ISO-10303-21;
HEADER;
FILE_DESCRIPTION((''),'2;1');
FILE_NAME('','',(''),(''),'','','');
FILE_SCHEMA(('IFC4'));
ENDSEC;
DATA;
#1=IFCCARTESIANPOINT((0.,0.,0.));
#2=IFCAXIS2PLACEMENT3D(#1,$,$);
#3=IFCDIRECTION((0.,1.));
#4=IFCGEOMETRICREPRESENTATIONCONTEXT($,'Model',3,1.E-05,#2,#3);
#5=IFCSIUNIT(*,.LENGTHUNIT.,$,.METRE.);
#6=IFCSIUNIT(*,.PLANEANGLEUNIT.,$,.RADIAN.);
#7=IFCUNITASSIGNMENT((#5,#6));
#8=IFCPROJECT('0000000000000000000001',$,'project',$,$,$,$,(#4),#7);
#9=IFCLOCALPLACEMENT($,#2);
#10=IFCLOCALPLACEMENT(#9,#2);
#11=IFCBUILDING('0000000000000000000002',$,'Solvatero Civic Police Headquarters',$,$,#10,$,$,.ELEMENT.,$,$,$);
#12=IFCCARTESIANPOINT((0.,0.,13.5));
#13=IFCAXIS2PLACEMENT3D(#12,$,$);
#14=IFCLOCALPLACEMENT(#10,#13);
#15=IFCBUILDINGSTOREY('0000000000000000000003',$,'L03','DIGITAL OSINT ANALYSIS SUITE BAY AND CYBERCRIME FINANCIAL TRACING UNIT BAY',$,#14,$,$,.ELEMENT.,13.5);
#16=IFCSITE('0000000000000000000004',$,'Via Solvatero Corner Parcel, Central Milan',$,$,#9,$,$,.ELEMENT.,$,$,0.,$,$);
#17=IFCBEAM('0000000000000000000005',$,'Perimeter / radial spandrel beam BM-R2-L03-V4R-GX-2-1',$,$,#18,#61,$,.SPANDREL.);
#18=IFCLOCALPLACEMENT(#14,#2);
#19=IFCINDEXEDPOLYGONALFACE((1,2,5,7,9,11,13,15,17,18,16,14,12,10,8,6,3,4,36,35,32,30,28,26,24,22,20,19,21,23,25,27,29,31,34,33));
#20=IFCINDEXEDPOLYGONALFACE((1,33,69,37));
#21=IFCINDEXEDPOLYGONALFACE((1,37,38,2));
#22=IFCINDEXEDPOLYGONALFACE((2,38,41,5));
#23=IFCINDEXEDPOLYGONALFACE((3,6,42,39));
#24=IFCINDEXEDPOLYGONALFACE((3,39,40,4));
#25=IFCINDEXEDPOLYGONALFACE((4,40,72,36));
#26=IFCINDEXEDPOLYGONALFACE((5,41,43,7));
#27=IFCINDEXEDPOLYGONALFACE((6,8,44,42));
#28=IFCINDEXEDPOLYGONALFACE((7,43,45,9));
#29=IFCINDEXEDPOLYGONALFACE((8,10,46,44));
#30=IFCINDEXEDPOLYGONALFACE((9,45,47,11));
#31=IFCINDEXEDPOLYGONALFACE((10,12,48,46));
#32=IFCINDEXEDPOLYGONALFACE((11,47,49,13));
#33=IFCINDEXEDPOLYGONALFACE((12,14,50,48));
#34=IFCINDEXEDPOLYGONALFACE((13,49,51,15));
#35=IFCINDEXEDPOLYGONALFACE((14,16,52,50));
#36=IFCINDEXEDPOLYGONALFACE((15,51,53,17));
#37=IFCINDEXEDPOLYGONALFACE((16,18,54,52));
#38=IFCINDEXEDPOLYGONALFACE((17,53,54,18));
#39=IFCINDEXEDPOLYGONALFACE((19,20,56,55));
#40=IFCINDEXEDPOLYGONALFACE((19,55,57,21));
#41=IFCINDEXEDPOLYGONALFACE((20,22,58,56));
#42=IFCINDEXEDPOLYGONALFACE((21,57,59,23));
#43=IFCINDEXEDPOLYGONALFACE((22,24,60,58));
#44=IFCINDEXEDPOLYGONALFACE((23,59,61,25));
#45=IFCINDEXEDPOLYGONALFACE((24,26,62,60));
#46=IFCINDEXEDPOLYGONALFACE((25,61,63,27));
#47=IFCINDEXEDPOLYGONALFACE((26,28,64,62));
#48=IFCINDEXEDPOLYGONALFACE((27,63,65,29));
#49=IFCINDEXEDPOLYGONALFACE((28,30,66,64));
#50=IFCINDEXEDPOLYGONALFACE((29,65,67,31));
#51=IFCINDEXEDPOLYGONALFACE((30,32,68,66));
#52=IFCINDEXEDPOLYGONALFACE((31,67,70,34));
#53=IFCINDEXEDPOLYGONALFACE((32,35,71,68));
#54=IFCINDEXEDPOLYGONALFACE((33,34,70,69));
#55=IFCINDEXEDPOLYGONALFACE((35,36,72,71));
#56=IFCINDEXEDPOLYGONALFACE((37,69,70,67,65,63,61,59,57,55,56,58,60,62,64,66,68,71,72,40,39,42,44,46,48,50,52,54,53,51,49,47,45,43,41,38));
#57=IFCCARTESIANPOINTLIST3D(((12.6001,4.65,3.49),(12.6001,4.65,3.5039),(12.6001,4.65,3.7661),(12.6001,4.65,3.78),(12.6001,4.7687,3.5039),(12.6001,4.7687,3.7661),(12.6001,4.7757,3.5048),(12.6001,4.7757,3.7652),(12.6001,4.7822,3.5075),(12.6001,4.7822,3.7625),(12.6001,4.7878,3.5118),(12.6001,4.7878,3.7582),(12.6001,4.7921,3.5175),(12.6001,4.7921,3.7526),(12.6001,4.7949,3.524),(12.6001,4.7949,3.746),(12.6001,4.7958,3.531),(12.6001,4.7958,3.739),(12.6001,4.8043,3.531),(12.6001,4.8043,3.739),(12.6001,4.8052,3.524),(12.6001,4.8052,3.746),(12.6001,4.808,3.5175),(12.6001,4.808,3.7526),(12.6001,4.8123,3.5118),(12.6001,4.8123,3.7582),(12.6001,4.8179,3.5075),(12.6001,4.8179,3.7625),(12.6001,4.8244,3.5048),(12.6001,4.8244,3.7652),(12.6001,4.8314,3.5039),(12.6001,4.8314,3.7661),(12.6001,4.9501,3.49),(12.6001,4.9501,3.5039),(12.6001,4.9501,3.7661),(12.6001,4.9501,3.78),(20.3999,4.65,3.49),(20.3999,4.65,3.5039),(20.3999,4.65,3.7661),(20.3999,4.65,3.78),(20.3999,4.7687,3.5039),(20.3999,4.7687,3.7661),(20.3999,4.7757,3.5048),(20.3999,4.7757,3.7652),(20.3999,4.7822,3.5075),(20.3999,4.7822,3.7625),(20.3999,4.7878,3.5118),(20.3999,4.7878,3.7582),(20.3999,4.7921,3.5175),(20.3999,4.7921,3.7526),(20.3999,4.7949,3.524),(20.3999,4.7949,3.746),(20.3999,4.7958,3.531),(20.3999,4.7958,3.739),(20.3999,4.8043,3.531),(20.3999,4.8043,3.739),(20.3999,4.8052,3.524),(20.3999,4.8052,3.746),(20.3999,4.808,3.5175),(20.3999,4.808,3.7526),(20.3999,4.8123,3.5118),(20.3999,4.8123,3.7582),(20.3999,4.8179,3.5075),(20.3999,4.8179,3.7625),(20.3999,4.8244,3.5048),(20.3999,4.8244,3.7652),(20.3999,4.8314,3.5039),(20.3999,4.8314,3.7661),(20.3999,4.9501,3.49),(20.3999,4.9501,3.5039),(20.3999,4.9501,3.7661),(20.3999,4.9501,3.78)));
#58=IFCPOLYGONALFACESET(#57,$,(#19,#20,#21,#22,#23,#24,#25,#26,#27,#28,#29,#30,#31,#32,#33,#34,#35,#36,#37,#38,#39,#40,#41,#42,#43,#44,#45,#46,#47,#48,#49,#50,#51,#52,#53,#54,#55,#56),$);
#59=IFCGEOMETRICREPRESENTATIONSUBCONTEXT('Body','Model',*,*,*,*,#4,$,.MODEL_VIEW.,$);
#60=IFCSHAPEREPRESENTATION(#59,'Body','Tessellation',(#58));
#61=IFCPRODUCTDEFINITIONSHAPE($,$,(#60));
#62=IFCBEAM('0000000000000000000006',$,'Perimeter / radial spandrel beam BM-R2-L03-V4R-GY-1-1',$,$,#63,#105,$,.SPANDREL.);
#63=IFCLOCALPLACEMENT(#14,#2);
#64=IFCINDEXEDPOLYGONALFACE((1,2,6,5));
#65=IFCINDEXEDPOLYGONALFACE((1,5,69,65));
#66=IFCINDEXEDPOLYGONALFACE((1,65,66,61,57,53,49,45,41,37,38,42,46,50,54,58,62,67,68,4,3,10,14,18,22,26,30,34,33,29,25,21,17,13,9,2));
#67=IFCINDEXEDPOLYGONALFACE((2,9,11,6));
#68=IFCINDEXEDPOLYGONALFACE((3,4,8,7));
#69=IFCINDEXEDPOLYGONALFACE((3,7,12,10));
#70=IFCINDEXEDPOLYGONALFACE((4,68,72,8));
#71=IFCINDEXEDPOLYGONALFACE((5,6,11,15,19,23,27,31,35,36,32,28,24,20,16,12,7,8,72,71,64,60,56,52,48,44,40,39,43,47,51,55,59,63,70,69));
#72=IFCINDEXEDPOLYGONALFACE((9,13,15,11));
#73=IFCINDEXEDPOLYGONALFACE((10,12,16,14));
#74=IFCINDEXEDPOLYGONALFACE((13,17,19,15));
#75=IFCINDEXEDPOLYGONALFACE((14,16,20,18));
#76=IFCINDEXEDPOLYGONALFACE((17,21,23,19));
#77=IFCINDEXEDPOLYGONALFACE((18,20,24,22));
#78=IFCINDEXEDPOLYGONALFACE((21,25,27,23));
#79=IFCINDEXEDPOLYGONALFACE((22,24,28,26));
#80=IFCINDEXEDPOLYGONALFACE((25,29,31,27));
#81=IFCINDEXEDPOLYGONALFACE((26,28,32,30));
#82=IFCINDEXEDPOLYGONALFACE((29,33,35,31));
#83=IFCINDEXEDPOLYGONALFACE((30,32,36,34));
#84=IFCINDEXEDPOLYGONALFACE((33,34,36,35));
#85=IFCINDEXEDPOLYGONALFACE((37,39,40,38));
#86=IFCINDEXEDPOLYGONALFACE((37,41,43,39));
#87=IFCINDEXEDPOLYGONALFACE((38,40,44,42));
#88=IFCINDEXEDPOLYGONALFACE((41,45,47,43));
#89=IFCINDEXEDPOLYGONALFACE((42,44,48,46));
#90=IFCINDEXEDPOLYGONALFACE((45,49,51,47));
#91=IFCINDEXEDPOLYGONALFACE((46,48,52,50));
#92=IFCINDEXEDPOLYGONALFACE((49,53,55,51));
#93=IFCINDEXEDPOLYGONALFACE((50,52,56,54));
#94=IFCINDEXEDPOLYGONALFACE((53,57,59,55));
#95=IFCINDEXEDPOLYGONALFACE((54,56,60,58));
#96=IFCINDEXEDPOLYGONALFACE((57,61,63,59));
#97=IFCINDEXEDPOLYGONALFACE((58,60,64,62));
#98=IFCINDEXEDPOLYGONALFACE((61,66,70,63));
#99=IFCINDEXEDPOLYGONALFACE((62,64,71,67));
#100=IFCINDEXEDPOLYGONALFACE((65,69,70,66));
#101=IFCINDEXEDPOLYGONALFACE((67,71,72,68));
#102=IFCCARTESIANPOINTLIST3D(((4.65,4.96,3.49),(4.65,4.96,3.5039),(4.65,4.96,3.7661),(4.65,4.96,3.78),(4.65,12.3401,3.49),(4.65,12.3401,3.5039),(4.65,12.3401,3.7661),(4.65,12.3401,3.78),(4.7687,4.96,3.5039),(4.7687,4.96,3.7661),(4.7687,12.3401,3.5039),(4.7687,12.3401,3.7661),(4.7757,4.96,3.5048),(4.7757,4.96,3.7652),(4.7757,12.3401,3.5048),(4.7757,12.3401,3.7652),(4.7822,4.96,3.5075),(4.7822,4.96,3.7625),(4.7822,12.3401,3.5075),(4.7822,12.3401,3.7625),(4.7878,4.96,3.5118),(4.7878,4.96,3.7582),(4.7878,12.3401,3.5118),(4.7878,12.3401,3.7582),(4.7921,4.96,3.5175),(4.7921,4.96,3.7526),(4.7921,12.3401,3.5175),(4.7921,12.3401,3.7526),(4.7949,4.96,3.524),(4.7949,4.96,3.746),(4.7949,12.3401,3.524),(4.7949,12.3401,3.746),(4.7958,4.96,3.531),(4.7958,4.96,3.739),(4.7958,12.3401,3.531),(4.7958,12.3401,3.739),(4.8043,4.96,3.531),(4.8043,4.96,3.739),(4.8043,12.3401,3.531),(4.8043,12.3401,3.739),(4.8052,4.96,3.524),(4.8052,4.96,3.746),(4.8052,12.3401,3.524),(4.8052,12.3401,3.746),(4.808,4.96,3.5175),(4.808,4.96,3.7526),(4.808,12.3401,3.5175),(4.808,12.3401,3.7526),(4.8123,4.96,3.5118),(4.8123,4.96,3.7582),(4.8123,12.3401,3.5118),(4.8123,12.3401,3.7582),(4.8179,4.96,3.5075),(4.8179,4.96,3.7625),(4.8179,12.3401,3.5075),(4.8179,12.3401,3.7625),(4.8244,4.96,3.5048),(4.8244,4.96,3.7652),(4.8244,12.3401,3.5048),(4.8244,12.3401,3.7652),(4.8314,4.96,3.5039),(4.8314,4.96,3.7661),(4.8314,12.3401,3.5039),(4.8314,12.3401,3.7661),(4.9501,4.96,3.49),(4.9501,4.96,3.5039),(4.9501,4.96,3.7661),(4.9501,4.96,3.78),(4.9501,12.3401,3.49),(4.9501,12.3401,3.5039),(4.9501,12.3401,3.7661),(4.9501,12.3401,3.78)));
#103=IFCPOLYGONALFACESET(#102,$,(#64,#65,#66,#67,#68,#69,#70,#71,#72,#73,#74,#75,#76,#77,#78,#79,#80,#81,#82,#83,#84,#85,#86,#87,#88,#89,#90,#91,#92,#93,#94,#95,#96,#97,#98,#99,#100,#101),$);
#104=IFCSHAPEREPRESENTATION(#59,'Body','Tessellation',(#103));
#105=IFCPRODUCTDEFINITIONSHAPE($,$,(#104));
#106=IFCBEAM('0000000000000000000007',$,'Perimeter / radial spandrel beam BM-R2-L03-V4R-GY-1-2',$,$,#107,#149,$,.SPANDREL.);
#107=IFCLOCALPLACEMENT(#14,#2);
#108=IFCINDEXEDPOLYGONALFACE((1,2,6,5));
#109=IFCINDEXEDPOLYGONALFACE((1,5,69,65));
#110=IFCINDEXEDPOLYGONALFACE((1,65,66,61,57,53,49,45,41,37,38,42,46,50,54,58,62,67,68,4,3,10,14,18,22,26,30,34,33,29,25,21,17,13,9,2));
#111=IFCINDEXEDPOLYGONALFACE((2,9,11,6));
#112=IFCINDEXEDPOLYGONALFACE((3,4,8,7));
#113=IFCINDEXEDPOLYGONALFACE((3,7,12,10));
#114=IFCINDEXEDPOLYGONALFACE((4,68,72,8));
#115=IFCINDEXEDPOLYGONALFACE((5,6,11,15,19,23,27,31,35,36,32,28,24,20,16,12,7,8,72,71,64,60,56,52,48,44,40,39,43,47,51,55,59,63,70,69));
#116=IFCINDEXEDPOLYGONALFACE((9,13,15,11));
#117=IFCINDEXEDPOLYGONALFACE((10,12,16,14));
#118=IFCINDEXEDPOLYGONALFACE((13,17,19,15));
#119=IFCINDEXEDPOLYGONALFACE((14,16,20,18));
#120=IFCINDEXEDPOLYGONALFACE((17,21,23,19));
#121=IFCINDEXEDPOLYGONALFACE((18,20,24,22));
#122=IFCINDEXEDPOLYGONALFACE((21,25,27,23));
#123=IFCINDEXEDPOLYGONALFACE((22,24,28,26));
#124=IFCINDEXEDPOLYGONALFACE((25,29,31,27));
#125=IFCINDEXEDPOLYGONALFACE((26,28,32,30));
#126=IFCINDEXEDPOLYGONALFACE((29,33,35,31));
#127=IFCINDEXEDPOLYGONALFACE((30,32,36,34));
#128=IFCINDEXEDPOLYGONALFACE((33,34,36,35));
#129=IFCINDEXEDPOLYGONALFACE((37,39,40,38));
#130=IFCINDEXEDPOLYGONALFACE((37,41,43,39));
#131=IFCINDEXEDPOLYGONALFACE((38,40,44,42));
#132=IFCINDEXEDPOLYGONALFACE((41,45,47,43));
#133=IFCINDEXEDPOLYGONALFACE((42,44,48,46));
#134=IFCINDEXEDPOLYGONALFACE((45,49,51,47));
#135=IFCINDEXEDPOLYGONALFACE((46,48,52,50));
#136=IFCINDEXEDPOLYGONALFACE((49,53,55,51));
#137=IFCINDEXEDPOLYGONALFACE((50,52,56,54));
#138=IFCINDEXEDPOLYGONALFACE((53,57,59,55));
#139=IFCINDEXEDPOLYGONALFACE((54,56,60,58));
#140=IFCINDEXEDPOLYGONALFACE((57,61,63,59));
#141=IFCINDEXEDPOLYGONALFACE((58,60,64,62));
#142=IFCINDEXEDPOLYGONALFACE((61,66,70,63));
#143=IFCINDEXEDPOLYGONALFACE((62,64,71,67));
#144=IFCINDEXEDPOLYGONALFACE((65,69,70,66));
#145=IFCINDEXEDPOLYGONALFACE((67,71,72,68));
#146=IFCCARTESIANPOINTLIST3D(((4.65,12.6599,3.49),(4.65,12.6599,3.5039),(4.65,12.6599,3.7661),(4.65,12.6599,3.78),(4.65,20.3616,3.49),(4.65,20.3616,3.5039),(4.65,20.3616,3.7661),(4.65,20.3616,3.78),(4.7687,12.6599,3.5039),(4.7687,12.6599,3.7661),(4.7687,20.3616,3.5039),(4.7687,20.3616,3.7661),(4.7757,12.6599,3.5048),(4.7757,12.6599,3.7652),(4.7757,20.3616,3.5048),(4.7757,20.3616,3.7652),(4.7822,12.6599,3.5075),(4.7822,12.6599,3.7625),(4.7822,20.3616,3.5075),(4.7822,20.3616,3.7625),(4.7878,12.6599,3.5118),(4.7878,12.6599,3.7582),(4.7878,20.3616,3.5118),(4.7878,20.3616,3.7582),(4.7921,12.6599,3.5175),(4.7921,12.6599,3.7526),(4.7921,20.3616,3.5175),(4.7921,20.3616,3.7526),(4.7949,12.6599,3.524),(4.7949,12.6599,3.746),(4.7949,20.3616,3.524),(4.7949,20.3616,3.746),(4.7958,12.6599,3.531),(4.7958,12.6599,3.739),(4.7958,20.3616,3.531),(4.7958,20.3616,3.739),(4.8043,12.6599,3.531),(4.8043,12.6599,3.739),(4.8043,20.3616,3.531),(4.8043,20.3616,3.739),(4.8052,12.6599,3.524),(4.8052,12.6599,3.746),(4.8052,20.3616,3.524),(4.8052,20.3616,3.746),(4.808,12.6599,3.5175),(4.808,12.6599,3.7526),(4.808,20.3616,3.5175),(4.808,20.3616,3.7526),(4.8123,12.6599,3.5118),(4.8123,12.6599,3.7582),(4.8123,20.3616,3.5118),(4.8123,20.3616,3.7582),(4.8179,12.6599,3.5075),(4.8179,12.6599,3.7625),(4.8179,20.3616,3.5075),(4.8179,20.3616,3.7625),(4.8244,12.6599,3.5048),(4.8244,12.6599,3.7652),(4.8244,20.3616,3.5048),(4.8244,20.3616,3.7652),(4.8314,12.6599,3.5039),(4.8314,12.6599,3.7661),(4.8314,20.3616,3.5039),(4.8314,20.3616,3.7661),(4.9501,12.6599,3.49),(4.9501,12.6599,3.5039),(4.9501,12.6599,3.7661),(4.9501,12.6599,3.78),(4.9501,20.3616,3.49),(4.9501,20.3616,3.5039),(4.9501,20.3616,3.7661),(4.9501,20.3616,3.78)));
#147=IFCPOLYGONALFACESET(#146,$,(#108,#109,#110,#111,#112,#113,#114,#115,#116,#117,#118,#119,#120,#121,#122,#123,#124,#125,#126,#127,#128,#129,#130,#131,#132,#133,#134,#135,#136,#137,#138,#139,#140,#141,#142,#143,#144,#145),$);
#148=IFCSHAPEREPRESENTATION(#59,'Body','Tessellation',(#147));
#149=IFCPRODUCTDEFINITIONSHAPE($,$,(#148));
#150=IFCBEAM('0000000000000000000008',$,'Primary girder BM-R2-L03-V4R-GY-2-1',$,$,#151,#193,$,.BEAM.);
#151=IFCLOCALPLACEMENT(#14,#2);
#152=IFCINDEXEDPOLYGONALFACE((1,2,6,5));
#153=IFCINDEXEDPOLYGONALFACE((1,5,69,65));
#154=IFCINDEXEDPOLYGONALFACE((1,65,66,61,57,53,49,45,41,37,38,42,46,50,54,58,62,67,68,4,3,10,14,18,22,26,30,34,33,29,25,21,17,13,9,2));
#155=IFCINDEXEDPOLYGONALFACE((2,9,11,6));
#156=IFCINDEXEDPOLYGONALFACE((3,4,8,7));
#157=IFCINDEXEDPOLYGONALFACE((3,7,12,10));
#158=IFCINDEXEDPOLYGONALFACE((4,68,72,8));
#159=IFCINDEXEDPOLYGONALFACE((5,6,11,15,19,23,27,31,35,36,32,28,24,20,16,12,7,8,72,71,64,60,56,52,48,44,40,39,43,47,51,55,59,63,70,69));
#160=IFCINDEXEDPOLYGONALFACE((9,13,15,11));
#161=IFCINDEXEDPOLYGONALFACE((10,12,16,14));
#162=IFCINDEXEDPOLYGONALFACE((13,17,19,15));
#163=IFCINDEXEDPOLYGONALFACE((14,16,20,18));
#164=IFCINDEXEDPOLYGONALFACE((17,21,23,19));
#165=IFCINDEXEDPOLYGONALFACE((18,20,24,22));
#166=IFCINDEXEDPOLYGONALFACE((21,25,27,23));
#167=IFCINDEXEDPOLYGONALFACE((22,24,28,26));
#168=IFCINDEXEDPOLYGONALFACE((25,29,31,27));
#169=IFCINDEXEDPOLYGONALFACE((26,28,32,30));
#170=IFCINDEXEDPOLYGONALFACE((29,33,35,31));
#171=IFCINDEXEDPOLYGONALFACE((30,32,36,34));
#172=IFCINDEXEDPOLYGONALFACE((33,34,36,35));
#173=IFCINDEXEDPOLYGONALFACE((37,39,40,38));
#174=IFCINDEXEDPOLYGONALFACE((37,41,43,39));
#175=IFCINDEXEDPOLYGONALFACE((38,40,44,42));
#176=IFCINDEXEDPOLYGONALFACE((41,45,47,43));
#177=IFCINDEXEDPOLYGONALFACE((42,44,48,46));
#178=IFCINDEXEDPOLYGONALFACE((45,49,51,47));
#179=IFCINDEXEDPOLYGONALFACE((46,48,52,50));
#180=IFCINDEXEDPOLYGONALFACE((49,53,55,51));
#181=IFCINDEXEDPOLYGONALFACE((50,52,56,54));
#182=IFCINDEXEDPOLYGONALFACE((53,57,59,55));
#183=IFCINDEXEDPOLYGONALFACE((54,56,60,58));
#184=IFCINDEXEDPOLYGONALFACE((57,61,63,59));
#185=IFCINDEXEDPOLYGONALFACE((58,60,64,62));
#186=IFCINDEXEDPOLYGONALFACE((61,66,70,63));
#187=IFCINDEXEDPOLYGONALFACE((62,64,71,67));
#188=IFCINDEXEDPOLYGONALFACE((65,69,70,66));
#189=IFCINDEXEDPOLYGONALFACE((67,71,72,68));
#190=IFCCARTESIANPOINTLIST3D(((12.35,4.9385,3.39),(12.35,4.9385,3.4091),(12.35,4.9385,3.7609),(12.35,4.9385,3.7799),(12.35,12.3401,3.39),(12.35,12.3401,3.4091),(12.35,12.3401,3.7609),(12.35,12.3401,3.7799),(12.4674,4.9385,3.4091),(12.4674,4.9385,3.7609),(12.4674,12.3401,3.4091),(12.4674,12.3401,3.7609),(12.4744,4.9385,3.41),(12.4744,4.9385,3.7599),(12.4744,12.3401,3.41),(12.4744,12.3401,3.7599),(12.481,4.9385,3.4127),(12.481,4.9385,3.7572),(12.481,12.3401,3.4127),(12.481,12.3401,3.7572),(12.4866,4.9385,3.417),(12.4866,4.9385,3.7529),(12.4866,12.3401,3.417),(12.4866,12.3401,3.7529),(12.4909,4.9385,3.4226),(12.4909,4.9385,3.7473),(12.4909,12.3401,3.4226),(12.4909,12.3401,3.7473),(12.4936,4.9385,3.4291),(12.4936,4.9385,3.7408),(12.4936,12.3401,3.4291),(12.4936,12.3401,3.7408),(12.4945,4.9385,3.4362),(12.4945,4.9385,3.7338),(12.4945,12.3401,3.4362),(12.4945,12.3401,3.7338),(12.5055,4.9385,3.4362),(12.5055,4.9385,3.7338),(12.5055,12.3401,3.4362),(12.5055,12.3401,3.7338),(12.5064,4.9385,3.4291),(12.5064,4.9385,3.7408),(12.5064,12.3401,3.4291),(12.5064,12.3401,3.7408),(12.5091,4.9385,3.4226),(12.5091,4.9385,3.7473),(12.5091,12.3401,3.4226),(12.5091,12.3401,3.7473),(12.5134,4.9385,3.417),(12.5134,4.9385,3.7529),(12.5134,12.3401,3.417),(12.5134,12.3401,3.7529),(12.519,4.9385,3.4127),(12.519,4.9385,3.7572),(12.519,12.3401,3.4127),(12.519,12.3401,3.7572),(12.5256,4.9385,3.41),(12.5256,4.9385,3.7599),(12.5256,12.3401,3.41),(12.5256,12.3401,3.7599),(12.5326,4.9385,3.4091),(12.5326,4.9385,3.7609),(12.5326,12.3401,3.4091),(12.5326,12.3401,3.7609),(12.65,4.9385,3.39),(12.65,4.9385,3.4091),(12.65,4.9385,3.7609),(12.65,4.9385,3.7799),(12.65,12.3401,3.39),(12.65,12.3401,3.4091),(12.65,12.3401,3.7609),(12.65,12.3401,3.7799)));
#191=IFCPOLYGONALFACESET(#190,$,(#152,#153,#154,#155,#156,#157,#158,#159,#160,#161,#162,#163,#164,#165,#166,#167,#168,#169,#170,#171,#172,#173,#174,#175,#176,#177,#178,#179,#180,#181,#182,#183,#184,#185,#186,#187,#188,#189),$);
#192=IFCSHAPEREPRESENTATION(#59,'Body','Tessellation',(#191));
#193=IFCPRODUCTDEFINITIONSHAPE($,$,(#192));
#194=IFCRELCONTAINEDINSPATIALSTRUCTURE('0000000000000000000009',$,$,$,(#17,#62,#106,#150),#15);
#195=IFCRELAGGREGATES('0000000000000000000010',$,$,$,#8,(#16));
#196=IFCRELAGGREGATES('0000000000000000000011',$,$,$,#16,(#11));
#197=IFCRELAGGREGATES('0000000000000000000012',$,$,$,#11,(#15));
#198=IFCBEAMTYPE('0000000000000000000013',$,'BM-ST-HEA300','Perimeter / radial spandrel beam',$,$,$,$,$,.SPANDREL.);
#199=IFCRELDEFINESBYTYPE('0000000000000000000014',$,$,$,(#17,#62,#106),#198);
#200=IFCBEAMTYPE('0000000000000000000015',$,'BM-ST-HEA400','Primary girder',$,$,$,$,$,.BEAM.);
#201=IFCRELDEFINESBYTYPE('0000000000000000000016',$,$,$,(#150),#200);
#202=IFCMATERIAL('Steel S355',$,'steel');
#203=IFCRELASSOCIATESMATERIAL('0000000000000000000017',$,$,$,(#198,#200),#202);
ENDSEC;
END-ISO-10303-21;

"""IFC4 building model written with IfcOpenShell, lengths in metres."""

from ifc_helpers import new_model, si_unit, direction, frame, origin, origin_2d, place, context, subcontext, project, spatial, i_section, extrude, material, material_profile, profile_set, type_object, element, save


model = new_model("IFC4")

# Units and contexts
model_context = context("Model", 3, precision=1e-05, world=origin(), true_north=direction((0.0, 1.0)))
body_context = subcontext(model_context, "Body", "Model", "MODEL_VIEW")
ifc_project = project(units=[si_unit("LENGTHUNIT", "METRE"), si_unit("PLANEANGLEUNIT", "RADIAN")], contexts=[model_context])

# Site, building, storey
site_placement = place(None, origin())
site = spatial("IfcSite", under=ifc_project, at=site_placement, Name="Via Solvatero Corner Parcel, Central Milan", CompositionType="ELEMENT", RefElevation=0.0)
building_placement = place(site_placement, origin())
building = spatial("IfcBuilding", under=site, at=building_placement, Name="Solvatero Civic Police Headquarters", CompositionType="ELEMENT")
storey_placement = place(building_placement, frame((0.0, 0.0, 13.5)))
storey = spatial("IfcBuildingStorey", under=building, at=storey_placement, Name="L03", Description="DIGITAL OSINT ANALYSIS SUITE BAY AND CYBERCRIME FINANCIAL TRACING UNIT BAY", CompositionType="ELEMENT", Elevation=13.5)

# Shared definitions
ifc_material_1 = material(Name="Steel S355", Category="steel")

# Beams
ifc_material_profile_1 = material_profile(ifc_material_1, i_section(OverallWidth=0.3, OverallDepth=0.29, WebThickness=0.0085, FlangeThickness=0.0139, FilletRadius=0.0271, at=origin_2d()), Name="HEA 300")
ifc_profile_set_1 = profile_set([ifc_material_profile_1], Name="Steel S355")
beam_type_1 = type_object("IfcBeamType", Name="BM-ST-HEA300", Description="Perimeter / radial spandrel beam", PredefinedType="SPANDREL", material=ifc_profile_set_1)
beam_1_placement = place(storey_placement, frame((12.6001, 4.8, 3.635), z_axis=(1.0, 0.0, 0.0), x_axis=(0.0, 1.0, 0.0)))
element("IfcBeam", 1, at=beam_1_placement, inside=storey, type_object=beam_type_1, Name="Perimeter / radial spandrel beam BM-R2-L03-V4R-GX-2-1", PredefinedType="SPANDREL", context=body_context, shape_type="SweptSolid", body=[
    extrude(i_section(OverallWidth=0.3, OverallDepth=0.29, WebThickness=0.0085, FlangeThickness=0.0139, FilletRadius=0.0271, at=origin_2d()), origin(), (0.0, 0.0, 1.0), 7.7998),
])
beam_2_placement = place(storey_placement, frame((4.8, 4.96, 3.635), z_axis=(0.0, 1.0, 0.0), x_axis=(-1.0, 0.0, 0.0)))
element("IfcBeam", 2, at=beam_2_placement, inside=storey, type_object=beam_type_1, Name="Perimeter / radial spandrel beam BM-R2-L03-V4R-GY-1-1", PredefinedType="SPANDREL", context=body_context, shape_type="SweptSolid", body=[
    extrude(i_section(OverallWidth=0.3, OverallDepth=0.29, WebThickness=0.0085, FlangeThickness=0.0139, FilletRadius=0.0271, at=origin_2d()), origin(), (0.0, 0.0, 1.0), 7.3801),
])
beam_3_placement = place(storey_placement, frame((4.8, 12.6599, 3.635), z_axis=(0.0, 1.0, 0.0), x_axis=(-1.0, 0.0, 0.0)))
element("IfcBeam", 3, at=beam_3_placement, inside=storey, type_object=beam_type_1, Name="Perimeter / radial spandrel beam BM-R2-L03-V4R-GY-1-2", PredefinedType="SPANDREL", context=body_context, shape_type="SweptSolid", body=[
    extrude(i_section(OverallWidth=0.3, OverallDepth=0.29, WebThickness=0.0085, FlangeThickness=0.0139, FilletRadius=0.0271, at=origin_2d()), origin(), (0.0, 0.0, 1.0), 7.7017),
])
ifc_material_profile_2 = material_profile(ifc_material_1, i_section(OverallWidth=0.3, OverallDepth=0.3899, WebThickness=0.011, FlangeThickness=0.019, FilletRadius=0.0271, at=origin_2d()), Name="HEA 400")
ifc_profile_set_2 = profile_set([ifc_material_profile_2], Name="Steel S355")
beam_type_2 = type_object("IfcBeamType", Name="BM-ST-HEA400", Description="Primary girder", PredefinedType="BEAM", material=ifc_profile_set_2)
beam_4_placement = place(storey_placement, frame((12.5, 4.9385, 3.585), z_axis=(0.0, 1.0, 0.0), x_axis=(-1.0, 0.0, 0.0)))
element("IfcBeam", 4, at=beam_4_placement, inside=storey, type_object=beam_type_2, Name="Primary girder BM-R2-L03-V4R-GY-2-1", PredefinedType="BEAM", context=body_context, shape_type="SweptSolid", body=[
    extrude(i_section(OverallWidth=0.3, OverallDepth=0.3899, WebThickness=0.011, FlangeThickness=0.019, FilletRadius=0.0271, at=origin_2d()), origin(), (0.0, 0.0, 1.0), 7.4016),
])

save(model, "model.ifc")
